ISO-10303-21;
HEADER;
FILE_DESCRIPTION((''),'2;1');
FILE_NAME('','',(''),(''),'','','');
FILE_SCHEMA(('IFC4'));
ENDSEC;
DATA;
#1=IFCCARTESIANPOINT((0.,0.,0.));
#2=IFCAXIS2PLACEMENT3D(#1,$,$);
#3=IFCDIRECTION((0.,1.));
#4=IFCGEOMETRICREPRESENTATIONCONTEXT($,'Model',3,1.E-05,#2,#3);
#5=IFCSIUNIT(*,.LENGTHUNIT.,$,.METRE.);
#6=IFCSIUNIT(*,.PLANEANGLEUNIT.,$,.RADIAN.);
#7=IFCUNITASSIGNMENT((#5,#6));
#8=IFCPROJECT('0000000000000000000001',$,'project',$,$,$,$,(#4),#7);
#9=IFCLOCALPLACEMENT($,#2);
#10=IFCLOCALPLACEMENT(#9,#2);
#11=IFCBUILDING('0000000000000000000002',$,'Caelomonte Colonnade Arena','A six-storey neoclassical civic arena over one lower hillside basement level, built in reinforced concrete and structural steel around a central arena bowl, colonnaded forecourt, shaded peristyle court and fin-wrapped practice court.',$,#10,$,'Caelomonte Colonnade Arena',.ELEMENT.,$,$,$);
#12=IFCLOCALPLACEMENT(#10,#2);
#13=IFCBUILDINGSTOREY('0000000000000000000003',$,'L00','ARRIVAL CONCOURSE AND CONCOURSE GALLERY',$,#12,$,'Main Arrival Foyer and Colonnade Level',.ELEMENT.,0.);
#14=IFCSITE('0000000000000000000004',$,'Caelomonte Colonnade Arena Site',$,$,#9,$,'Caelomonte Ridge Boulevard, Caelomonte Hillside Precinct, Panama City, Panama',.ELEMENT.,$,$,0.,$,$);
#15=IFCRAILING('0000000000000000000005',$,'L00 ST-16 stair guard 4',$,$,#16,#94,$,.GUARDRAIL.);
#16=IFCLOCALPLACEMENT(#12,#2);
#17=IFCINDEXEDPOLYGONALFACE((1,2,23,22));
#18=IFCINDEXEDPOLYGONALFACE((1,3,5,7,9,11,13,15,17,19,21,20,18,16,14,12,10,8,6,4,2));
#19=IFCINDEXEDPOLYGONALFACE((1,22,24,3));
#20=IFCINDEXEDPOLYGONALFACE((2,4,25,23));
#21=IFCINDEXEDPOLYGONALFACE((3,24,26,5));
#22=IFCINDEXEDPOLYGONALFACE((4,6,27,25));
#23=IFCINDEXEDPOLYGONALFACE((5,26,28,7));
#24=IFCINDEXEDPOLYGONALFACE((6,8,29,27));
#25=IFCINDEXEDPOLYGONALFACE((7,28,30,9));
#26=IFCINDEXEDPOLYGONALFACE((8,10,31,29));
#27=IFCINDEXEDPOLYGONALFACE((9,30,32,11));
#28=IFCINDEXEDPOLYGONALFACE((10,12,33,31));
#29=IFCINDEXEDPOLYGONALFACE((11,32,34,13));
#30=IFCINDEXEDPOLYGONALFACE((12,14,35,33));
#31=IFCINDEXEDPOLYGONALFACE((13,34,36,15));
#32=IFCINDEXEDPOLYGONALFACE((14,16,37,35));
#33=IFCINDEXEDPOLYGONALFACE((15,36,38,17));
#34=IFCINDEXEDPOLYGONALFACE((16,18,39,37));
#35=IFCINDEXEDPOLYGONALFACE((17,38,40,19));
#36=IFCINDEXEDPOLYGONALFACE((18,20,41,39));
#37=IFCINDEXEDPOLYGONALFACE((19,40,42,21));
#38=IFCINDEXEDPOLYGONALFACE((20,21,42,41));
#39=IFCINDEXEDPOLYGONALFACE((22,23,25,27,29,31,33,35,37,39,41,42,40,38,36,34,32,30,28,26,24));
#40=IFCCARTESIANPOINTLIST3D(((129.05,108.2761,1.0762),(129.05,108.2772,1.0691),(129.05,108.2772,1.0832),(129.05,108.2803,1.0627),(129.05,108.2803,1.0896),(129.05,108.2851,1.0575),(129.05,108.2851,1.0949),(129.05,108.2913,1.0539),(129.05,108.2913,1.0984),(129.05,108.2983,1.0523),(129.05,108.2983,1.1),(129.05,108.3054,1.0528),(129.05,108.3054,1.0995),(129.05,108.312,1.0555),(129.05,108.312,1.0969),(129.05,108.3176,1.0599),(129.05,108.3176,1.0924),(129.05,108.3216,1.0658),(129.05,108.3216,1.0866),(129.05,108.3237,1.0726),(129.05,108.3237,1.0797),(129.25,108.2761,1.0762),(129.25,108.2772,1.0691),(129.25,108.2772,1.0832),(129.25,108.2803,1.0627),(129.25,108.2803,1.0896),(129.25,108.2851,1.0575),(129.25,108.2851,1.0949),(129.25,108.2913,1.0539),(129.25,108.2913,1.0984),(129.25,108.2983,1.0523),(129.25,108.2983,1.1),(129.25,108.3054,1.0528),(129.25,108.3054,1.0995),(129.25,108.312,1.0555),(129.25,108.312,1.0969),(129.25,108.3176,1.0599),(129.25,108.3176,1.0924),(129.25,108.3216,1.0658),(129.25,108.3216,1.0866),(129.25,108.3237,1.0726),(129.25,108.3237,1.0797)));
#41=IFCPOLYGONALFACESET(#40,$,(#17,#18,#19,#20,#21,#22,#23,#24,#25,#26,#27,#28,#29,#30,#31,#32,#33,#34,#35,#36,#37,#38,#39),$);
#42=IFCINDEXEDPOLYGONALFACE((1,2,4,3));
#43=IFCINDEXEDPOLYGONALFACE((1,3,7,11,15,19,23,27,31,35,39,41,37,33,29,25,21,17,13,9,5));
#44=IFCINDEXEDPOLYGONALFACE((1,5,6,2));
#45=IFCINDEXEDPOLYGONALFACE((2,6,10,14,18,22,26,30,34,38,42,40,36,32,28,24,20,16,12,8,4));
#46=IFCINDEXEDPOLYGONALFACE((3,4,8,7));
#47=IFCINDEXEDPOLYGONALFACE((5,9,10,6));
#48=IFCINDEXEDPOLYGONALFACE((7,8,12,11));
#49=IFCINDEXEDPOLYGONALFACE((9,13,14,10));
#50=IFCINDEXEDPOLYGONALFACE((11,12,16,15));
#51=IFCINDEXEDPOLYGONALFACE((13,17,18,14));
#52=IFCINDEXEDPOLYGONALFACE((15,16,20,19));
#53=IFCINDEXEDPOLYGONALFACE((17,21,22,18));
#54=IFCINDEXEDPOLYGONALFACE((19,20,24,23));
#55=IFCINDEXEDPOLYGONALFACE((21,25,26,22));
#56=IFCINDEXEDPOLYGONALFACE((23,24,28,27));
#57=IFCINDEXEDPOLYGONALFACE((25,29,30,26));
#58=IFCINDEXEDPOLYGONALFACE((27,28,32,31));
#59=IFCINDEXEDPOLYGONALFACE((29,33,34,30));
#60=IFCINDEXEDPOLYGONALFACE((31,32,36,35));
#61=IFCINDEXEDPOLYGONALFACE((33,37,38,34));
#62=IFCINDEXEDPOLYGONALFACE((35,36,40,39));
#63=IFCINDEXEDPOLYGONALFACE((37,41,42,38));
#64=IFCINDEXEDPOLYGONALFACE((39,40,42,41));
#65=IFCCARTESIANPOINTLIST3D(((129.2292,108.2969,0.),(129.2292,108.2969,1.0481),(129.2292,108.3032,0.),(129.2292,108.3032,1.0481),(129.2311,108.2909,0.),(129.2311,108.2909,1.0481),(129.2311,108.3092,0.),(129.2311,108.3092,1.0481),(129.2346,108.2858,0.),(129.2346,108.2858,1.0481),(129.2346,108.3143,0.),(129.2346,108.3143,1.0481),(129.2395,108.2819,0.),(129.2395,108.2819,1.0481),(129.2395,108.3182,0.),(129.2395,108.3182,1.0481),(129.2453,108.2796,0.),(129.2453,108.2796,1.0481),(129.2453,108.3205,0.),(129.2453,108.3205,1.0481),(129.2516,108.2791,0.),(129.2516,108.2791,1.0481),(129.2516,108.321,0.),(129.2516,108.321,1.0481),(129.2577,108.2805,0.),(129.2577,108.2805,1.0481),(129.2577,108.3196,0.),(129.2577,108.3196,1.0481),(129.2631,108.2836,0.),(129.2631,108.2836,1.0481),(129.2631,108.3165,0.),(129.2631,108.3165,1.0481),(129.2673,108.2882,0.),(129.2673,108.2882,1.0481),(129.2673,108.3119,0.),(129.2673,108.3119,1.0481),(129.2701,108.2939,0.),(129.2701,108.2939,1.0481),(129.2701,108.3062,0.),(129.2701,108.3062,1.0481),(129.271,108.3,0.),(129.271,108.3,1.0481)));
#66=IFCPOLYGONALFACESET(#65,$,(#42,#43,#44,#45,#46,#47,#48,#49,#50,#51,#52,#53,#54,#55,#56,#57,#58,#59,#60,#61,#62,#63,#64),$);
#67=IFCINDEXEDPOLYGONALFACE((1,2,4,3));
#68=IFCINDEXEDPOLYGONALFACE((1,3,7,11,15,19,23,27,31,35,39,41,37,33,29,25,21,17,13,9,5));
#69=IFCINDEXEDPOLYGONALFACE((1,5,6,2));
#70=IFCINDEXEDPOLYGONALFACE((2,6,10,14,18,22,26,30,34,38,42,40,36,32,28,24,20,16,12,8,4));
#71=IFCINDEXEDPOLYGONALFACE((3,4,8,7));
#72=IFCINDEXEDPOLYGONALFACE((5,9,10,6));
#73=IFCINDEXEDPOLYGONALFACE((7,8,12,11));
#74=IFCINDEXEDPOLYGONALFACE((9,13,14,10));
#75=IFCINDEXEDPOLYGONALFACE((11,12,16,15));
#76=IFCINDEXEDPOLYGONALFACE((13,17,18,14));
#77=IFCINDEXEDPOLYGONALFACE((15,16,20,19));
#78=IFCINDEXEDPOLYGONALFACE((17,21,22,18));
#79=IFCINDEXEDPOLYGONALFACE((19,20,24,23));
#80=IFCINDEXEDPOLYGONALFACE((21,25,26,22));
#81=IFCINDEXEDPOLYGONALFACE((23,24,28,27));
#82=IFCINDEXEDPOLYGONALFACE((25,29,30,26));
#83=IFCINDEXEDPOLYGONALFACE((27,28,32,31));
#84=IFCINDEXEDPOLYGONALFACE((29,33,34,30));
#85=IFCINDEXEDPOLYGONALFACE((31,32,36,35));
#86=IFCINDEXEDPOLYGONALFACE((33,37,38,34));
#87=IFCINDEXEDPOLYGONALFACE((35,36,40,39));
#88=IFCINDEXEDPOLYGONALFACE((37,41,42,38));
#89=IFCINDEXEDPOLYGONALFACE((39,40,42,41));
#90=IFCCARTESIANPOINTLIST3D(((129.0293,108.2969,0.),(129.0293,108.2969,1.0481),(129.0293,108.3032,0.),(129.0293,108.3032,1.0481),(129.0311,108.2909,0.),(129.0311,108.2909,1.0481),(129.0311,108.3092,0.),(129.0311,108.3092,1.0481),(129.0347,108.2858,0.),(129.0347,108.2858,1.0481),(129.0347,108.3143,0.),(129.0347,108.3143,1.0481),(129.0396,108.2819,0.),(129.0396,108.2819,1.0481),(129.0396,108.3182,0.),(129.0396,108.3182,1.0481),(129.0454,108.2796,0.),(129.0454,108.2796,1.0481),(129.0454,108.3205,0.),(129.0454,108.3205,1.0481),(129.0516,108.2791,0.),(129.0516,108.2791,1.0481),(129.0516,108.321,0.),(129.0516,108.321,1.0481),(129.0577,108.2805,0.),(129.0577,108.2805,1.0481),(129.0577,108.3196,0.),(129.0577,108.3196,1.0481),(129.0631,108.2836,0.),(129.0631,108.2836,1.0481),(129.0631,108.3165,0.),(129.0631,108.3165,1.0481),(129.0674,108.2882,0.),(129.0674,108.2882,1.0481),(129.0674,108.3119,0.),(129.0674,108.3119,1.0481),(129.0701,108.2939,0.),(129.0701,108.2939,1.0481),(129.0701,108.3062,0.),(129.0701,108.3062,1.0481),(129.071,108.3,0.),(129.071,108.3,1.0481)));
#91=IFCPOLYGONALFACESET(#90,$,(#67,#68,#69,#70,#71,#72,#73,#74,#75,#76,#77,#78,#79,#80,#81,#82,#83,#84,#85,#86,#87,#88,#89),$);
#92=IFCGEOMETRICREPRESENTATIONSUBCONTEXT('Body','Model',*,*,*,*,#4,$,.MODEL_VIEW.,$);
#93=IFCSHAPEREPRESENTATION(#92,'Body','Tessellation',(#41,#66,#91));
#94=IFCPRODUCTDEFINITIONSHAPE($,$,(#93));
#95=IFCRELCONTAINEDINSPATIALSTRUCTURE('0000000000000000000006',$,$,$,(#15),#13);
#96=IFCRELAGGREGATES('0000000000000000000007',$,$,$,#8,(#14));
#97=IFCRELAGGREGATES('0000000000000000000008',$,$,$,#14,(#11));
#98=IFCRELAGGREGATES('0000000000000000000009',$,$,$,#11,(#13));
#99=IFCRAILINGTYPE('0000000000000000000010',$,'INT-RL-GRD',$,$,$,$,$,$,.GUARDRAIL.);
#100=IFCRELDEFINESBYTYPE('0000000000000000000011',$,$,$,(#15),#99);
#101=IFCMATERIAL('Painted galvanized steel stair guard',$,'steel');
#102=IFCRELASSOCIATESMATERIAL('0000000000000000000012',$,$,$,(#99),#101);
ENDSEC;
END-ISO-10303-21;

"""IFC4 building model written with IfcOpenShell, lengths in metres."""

from ifc_helpers import new_model, si_unit, direction, frame, origin, origin_2d, place, context, subcontext, project, spatial, circle, extrude, material, type_object, element, save


model = new_model("IFC4")

# Units and contexts
model_context = context("Model", 3, precision=1e-05, world=origin(), true_north=direction((0.0, 1.0)))
body_context = subcontext(model_context, "Body", "Model", "MODEL_VIEW")
ifc_project = project(units=[si_unit("LENGTHUNIT", "METRE"), si_unit("PLANEANGLEUNIT", "RADIAN")], contexts=[model_context])

# Site, building, storey
site_placement = place(None, origin())
site = spatial("IfcSite", under=ifc_project, at=site_placement, Name="Caelomonte Colonnade Arena Site", LongName="Caelomonte Ridge Boulevard, Caelomonte Hillside Precinct, Panama City, Panama", CompositionType="ELEMENT", RefElevation=0.0)
building_placement = place(site_placement, origin())
building = spatial("IfcBuilding", under=site, at=building_placement, Name="Caelomonte Colonnade Arena", Description="A six-storey neoclassical civic arena over one lower hillside basement level, built in reinforced concrete and structural steel around a central arena bowl, colonnaded forecourt, shaded peristyle court and fin-wrapped practice court.", LongName="Caelomonte Colonnade Arena", CompositionType="ELEMENT")
storey_placement = place(building_placement, origin())
storey = spatial("IfcBuildingStorey", under=building, at=storey_placement, Name="L00", Description="ARRIVAL CONCOURSE AND CONCOURSE GALLERY", LongName="Main Arrival Foyer and Colonnade Level", CompositionType="ELEMENT", Elevation=0.0)

# Railing
ifc_material_1 = material(Name="Painted galvanized steel stair guard", Category="steel")
railing_type_1 = type_object("IfcRailingType", Name="INT-RL-GRD", PredefinedType="GUARDRAIL", material=ifc_material_1)
railing_1_placement = place(storey_placement, frame((129.25, 108.3, 0.0)))
element("IfcRailing", 1, at=railing_1_placement, inside=storey, type_object=railing_type_1, Name="L00 ST-16 stair guard 4", PredefinedType="GUARDRAIL", context=body_context, shape_type="SweptSolid", body=[
    extrude(circle(Radius=0.0239, at=origin_2d()), frame((0.0, 0.0, 1.0762), z_axis=(-1.0, 0.0, 0.0), x_axis=(0.0, -1.0, 0.0)), (0.0, 0.0, 1.0), 0.2),
    extrude(circle(Radius=0.021, at=origin_2d()), origin(), (0.0, 0.0, 1.0), 1.0481),
    extrude(circle(Radius=0.021, at=origin_2d()), frame((-0.2, 0.0, 0.0)), (0.0, 0.0, 1.0), 1.0481),
])

save(model, "model.ifc")
